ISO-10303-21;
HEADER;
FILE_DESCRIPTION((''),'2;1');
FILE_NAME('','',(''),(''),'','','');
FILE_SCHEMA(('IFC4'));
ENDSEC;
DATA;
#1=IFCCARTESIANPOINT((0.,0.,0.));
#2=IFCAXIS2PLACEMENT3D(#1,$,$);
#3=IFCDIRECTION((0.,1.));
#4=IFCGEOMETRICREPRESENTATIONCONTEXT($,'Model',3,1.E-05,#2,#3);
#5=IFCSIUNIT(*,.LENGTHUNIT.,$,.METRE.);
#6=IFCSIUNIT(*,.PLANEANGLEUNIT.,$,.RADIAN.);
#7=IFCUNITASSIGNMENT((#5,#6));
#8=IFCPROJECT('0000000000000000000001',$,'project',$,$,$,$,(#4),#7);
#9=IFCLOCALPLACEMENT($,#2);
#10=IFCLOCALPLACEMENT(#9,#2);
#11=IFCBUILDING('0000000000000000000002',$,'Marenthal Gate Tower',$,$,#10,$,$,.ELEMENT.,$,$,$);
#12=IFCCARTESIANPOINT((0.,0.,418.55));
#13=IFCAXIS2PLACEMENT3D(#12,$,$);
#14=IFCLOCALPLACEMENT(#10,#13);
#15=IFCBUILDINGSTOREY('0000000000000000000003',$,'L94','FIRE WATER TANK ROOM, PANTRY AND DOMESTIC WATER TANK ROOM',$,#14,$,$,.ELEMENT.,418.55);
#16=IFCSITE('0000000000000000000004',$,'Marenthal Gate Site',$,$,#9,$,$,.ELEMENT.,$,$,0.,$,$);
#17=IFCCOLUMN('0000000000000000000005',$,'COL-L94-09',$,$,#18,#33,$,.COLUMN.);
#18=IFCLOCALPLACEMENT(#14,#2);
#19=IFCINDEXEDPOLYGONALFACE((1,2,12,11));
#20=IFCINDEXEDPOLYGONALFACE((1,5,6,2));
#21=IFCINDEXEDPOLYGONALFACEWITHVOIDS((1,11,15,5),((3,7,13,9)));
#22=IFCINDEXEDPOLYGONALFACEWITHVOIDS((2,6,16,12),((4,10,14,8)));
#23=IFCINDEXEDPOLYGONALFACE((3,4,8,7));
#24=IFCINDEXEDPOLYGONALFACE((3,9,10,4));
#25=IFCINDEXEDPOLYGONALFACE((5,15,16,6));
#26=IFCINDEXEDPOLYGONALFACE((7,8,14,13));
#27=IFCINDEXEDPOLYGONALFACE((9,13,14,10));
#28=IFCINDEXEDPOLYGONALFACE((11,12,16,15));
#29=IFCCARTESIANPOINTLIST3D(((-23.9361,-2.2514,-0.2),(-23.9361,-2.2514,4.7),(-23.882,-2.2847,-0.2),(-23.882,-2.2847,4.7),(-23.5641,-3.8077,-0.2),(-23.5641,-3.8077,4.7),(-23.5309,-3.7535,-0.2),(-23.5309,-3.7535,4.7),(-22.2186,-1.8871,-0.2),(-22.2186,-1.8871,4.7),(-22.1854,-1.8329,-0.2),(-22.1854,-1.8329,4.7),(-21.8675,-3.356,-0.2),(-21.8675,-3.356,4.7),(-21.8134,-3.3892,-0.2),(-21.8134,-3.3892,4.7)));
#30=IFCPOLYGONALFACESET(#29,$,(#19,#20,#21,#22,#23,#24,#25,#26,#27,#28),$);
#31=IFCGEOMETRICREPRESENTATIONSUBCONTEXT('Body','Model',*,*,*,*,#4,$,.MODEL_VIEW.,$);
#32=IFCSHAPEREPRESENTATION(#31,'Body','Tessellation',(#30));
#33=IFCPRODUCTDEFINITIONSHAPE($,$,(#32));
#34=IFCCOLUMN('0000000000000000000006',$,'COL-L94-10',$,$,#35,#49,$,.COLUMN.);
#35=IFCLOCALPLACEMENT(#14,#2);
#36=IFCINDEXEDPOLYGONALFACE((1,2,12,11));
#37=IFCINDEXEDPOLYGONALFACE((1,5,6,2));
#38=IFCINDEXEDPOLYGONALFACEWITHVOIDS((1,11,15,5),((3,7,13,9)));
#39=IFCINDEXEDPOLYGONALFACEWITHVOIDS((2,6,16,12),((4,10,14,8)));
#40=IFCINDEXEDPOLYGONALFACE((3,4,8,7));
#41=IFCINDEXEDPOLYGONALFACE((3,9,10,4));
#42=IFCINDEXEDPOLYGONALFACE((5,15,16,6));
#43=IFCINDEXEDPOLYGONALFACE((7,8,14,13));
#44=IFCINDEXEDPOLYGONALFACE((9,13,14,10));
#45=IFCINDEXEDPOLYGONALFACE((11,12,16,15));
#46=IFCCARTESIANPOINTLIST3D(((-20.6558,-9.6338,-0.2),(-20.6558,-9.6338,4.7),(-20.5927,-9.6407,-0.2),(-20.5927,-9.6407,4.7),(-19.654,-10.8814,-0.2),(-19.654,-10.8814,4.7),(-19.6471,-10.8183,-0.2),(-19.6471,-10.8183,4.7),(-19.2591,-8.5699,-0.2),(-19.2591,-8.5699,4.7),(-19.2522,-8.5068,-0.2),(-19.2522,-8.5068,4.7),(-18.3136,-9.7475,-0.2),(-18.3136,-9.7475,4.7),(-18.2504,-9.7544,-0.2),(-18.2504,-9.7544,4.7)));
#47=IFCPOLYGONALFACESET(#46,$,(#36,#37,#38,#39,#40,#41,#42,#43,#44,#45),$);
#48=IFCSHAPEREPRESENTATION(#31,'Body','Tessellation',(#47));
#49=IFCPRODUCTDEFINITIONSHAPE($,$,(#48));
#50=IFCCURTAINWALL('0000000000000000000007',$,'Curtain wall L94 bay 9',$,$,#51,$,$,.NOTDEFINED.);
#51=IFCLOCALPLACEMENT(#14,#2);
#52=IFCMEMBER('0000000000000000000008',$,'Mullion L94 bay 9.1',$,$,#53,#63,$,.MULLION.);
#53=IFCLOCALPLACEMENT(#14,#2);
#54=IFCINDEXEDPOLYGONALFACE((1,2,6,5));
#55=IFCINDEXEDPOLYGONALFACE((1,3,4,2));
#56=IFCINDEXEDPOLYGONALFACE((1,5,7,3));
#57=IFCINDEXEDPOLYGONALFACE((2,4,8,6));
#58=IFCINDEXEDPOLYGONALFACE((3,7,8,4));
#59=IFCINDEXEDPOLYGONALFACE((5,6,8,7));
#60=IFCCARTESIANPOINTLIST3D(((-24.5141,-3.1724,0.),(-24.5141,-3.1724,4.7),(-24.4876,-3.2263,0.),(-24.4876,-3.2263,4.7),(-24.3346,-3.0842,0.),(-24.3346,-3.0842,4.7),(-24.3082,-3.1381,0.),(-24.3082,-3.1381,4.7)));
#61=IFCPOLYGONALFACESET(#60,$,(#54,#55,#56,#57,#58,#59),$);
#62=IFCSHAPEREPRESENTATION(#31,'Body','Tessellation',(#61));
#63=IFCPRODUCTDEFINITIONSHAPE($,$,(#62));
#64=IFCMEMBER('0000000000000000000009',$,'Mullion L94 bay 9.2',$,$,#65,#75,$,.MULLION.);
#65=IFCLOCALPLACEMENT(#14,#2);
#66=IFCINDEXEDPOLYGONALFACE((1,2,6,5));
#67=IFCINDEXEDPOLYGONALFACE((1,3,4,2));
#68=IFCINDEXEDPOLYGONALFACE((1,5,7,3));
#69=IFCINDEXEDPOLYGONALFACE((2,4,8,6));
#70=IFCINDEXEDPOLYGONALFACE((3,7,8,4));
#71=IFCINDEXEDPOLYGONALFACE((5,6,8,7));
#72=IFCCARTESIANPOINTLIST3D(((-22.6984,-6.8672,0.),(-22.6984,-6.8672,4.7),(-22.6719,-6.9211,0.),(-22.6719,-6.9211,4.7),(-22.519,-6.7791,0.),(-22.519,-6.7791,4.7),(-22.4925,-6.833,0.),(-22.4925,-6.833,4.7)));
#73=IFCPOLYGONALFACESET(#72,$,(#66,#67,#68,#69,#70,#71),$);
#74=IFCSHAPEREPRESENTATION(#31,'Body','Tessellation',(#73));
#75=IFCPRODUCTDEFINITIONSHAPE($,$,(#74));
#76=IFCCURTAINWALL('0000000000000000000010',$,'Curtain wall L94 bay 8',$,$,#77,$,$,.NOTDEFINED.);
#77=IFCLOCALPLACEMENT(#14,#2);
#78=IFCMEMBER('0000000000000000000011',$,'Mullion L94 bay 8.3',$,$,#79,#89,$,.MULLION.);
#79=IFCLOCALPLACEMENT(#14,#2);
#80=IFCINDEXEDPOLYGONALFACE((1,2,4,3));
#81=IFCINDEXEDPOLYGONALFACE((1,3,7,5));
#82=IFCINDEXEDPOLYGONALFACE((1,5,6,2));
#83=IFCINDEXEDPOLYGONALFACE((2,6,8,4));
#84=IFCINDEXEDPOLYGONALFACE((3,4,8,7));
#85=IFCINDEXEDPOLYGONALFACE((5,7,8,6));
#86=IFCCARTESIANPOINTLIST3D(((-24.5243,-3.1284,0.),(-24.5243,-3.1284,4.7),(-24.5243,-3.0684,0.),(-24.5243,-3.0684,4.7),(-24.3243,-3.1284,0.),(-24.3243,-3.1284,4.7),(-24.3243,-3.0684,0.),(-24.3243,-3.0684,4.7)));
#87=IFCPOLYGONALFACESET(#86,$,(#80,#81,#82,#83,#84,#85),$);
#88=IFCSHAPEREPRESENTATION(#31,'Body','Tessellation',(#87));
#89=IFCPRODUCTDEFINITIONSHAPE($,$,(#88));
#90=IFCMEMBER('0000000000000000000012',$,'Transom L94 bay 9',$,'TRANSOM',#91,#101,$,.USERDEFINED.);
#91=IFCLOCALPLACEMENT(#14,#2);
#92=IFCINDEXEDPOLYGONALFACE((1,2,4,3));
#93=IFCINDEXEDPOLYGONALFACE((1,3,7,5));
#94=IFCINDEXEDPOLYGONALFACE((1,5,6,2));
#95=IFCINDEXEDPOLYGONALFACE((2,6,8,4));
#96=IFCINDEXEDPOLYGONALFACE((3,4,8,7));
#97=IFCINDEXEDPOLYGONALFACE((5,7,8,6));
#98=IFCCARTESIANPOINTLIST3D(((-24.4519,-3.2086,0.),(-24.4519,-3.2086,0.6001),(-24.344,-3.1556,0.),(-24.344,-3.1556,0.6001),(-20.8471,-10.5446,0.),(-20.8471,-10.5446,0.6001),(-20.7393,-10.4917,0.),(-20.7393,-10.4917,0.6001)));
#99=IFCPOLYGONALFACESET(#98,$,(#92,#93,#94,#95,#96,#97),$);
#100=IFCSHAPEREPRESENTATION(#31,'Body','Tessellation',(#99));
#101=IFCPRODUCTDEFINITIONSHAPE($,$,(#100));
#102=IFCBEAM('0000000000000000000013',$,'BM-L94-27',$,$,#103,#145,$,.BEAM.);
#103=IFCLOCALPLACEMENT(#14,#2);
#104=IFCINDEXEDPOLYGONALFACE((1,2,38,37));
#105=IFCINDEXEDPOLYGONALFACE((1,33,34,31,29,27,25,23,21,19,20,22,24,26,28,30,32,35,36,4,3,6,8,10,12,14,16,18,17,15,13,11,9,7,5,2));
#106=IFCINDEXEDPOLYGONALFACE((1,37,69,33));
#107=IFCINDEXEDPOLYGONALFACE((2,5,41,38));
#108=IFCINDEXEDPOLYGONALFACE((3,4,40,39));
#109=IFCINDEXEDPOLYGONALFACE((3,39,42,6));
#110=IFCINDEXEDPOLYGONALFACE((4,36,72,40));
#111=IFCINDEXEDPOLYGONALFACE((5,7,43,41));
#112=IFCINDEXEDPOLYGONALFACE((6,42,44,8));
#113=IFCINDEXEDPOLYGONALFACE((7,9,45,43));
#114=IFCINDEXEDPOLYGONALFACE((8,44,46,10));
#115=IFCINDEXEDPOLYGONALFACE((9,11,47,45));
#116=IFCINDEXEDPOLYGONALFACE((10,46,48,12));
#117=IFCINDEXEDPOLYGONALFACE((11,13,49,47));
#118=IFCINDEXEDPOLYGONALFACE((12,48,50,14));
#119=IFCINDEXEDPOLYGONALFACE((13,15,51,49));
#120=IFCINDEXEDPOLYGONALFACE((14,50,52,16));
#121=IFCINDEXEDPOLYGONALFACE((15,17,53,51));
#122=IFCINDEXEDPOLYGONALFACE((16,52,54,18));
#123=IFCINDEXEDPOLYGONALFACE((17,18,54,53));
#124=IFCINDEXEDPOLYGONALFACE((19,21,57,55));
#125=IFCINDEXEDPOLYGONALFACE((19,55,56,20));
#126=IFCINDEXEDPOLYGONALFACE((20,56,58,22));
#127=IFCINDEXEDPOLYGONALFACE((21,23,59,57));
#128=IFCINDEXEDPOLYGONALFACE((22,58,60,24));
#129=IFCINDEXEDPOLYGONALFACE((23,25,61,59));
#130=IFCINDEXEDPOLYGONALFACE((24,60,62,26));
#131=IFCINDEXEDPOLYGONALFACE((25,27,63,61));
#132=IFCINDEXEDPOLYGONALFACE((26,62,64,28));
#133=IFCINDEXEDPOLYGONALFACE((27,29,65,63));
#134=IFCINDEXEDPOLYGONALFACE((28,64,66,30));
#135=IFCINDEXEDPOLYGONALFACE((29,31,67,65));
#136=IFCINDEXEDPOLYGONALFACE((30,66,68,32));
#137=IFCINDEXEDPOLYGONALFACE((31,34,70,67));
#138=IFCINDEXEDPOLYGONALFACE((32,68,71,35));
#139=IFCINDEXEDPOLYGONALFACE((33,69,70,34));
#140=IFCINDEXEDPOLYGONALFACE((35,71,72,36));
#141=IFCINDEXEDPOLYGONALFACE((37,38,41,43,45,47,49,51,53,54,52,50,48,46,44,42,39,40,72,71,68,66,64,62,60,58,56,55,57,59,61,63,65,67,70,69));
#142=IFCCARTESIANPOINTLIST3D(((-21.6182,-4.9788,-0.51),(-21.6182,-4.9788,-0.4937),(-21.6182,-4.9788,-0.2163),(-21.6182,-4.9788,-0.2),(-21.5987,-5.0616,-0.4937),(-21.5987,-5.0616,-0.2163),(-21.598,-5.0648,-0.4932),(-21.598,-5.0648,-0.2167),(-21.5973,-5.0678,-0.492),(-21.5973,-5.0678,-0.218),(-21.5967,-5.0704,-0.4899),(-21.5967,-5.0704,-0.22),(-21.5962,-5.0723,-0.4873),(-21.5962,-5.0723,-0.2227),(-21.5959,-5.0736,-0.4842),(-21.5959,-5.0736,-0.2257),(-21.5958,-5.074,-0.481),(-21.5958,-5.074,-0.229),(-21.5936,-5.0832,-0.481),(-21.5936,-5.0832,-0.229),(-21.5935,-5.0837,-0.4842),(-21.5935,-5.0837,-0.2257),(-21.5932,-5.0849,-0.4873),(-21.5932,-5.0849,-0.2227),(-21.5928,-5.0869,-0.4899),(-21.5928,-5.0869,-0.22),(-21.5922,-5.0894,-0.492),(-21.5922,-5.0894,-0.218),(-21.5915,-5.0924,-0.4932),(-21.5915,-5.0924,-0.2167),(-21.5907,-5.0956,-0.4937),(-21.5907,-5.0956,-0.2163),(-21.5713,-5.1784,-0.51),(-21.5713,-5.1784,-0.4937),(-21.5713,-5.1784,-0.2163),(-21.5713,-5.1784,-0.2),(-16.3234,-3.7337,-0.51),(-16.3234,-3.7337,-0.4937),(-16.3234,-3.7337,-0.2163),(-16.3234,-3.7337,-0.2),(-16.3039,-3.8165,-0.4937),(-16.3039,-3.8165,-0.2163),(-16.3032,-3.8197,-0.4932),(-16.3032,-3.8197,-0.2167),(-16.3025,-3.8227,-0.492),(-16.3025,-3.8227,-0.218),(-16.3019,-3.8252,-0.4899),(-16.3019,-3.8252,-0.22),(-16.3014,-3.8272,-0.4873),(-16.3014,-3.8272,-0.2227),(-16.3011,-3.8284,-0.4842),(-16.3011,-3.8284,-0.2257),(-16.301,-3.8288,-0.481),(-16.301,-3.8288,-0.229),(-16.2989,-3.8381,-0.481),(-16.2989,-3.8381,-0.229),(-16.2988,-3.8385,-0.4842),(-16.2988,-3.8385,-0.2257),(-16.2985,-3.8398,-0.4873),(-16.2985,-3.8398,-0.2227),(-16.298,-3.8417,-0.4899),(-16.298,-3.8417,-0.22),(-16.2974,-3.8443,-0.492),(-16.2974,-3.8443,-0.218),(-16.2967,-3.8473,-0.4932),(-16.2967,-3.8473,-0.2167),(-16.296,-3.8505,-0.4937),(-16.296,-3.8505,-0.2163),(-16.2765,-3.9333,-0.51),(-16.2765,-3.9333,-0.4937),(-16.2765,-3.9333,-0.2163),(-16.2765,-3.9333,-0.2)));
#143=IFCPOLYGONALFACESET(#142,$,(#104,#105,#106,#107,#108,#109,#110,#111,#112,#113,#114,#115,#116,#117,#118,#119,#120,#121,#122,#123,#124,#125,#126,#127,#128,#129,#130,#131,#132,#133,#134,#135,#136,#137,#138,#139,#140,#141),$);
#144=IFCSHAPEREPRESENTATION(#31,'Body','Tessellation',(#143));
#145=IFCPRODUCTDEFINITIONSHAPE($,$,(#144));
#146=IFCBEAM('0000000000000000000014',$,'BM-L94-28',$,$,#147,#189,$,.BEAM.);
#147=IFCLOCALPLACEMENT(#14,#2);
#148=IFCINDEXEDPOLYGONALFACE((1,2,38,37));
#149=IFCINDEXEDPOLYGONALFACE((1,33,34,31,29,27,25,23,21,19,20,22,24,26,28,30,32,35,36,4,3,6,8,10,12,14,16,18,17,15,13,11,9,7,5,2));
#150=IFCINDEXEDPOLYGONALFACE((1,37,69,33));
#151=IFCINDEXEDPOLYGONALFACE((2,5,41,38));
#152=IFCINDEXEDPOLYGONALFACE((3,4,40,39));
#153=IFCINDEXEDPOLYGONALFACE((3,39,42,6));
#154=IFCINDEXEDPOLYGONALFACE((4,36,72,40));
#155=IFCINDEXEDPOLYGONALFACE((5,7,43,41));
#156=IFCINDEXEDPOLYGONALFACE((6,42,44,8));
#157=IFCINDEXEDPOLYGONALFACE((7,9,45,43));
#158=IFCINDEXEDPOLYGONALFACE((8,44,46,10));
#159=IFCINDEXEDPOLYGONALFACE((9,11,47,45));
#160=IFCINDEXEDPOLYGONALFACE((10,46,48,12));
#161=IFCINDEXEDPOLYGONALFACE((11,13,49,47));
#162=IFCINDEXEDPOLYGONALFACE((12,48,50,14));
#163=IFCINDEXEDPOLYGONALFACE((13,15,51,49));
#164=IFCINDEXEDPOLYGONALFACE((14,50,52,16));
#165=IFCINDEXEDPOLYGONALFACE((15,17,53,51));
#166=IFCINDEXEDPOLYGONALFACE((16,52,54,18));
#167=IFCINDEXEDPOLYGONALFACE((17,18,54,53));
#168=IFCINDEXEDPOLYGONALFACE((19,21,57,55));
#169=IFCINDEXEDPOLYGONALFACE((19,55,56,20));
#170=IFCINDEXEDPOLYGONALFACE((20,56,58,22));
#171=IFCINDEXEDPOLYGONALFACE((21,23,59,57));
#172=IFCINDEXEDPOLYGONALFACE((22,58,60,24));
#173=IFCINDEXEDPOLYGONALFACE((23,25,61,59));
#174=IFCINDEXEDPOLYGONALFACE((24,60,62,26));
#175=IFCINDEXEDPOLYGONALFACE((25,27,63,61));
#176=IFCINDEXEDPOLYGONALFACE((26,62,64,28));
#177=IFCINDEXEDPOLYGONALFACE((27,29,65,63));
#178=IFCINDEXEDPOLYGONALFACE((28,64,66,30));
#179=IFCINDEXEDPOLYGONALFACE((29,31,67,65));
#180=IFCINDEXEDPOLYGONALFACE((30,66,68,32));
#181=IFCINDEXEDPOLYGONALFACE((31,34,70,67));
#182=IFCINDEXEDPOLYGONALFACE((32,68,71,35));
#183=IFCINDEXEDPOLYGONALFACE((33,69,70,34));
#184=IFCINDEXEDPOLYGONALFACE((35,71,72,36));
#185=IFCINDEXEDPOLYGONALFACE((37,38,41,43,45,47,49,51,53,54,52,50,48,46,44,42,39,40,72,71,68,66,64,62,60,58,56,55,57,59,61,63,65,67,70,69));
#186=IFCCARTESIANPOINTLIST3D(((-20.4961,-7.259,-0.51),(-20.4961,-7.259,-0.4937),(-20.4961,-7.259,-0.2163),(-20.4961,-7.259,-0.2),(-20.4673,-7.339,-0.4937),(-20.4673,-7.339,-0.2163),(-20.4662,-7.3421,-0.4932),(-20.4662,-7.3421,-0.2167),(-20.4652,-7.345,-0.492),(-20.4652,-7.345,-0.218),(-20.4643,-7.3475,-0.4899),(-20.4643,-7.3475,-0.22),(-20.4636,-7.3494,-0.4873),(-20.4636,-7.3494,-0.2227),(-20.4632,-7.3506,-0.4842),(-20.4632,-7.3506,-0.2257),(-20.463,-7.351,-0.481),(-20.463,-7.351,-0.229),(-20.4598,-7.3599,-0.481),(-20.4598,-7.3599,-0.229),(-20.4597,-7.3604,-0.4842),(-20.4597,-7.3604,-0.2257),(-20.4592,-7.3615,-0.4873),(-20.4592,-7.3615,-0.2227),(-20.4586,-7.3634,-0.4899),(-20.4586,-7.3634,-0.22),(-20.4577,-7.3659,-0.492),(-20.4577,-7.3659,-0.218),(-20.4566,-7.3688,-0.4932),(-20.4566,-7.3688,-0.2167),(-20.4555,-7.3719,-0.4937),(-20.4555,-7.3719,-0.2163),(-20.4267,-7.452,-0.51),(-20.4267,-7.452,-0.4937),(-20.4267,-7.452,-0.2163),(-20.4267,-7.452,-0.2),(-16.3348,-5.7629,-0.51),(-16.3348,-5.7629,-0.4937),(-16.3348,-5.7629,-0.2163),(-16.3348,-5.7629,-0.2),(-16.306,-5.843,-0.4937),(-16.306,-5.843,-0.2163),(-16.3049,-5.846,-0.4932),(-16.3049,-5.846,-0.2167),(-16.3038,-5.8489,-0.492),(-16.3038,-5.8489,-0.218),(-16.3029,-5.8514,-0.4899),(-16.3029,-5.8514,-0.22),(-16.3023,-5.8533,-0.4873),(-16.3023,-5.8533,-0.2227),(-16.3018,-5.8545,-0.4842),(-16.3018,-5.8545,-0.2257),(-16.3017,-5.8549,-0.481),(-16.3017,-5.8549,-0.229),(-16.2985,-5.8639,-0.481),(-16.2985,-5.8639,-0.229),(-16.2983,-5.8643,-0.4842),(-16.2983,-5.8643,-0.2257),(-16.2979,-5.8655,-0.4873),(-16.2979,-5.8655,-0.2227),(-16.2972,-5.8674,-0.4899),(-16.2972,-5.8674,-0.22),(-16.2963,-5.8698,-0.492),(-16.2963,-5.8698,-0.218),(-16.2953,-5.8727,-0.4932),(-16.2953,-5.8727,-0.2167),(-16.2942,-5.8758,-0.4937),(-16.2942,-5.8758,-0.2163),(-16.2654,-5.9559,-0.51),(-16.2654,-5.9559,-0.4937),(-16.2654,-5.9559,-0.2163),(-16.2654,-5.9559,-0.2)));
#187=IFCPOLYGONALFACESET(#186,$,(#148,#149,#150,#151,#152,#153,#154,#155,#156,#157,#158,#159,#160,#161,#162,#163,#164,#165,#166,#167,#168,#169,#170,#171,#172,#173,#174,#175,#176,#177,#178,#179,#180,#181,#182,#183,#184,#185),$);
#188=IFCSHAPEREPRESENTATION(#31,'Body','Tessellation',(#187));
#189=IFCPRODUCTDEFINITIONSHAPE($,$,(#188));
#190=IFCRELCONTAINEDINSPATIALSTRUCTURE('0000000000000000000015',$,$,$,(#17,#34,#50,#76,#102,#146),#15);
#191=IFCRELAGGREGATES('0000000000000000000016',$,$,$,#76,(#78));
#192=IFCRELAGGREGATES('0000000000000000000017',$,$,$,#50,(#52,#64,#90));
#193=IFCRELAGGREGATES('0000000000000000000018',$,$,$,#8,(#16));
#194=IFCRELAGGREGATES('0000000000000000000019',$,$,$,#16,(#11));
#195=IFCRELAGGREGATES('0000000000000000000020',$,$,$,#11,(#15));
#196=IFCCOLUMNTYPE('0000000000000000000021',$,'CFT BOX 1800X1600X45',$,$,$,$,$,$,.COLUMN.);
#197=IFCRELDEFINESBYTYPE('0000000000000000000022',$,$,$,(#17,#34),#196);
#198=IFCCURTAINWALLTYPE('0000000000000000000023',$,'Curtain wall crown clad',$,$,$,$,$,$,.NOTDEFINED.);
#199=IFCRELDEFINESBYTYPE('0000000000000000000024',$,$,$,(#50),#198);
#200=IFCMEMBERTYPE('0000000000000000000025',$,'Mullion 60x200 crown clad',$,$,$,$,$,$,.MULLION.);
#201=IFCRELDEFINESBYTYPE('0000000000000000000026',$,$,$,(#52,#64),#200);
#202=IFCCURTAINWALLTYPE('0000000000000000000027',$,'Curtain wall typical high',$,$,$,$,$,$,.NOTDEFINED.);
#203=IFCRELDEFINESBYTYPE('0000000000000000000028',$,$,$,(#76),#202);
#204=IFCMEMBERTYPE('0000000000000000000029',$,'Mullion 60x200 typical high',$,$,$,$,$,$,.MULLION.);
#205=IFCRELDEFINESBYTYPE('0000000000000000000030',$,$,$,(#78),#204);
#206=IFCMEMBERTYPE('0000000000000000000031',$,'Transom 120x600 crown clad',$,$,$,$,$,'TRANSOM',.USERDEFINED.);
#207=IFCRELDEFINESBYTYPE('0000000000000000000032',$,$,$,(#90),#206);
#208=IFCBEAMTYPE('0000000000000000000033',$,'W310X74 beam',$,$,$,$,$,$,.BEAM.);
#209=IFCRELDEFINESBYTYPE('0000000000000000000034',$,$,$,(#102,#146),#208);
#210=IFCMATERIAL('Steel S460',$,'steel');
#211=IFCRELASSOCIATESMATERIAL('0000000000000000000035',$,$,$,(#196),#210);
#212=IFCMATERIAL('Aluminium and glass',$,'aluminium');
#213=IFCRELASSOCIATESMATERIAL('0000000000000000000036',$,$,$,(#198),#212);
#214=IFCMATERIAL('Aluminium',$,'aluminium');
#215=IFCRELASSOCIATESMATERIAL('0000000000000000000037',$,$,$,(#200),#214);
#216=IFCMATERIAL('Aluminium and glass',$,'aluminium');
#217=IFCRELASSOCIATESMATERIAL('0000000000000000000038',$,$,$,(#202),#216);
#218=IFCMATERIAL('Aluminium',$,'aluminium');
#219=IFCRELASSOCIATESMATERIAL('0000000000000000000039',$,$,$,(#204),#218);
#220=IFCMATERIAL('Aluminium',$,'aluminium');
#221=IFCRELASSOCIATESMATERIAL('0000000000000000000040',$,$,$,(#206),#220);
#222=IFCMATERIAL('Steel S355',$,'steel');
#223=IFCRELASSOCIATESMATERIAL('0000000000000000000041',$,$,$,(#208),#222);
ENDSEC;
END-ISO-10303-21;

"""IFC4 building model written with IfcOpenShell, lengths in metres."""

from ifc_helpers import new_model, si_unit, direction, frame, origin, origin_2d, place, context, subcontext, project, spatial, rectangle, hollow_rectangle, i_section, extrude, material, material_profile, profile_set, type_object, element, aggregate, save


model = new_model("IFC4")

# Units and contexts
model_context = context("Model", 3, precision=1e-05, world=origin(), true_north=direction((0.0, 1.0)))
body_context = subcontext(model_context, "Body", "Model", "MODEL_VIEW")
ifc_project = project(units=[si_unit("LENGTHUNIT", "METRE"), si_unit("PLANEANGLEUNIT", "RADIAN")], contexts=[model_context])

# Site, building, storey
site_placement = place(None, origin())
site = spatial("IfcSite", under=ifc_project, at=site_placement, Name="Marenthal Gate Site", CompositionType="ELEMENT", RefElevation=0.0)
building_placement = place(site_placement, origin())
building = spatial("IfcBuilding", under=site, at=building_placement, Name="Marenthal Gate Tower", CompositionType="ELEMENT")
storey_placement = place(building_placement, frame((0.0, 0.0, 418.55)))
storey = spatial("IfcBuildingStorey", under=building, at=storey_placement, Name="L94", Description="FIRE WATER TANK ROOM, PANTRY AND DOMESTIC WATER TANK ROOM", CompositionType="ELEMENT", Elevation=418.55)

# Columns
ifc_material_1 = material(Name="Steel S460", Category="steel")
ifc_material_profile_1 = material_profile(ifc_material_1, hollow_rectangle(XDim=1.6001, YDim=1.8, WallThickness=0.0449, at=origin_2d()), Name="CFT BOX 1800X1600X45")
ifc_material_2 = material(Name="Concrete 70 MPa", Category="concrete")
ifc_material_profile_2 = material_profile(ifc_material_2, rectangle(XDim=1.51, YDim=1.71, at=origin_2d()), Name="CFT BOX 1800X1600X45 INFILL")
ifc_profile_set_1 = profile_set([ifc_material_profile_1, ifc_material_profile_2], Name="Steel S460 shell, Concrete 70 MPa infill")
column_type = type_object("IfcColumnType", Name="CFT BOX 1800X1600X45", PredefinedType="COLUMN", material=ifc_profile_set_1)
for number, where, z_axis, x_axis, name in (
    (1, (-22.8748, -2.8203, -0.2), (0.0, 0.0, 1.0), (-0.232481, 0.972601, 0.0), "COL-L94-09"),
    (2, (-19.4531, -9.6941, -0.2), (0.0, 0.0, 1.0), (-0.626094, 0.779748, 0.0), "COL-L94-10"),
):
    element("IfcColumn", number, at=place(storey_placement, frame(where, z_axis=z_axis, x_axis=x_axis)), inside=storey, type_object=column_type, Name=name, PredefinedType="COLUMN", context=body_context, shape_type="SweptSolid", body=[
        extrude(hollow_rectangle(XDim=1.6001, YDim=1.8, WallThickness=0.0449, at=origin_2d()), origin(), (0.0, 0.0, 1.0), 4.8999),
    ])

# Curtain wall, members
ifc_material_3 = material(Name="Aluminium and glass", Category="aluminium")
curtain_wall_type_1 = type_object("IfcCurtainWallType", Name="Curtain wall crown clad", PredefinedType="NOTDEFINED", material=ifc_material_3)
curtain_wall_1_placement = place(storey_placement, origin())
curtain_wall_1 = element("IfcCurtainWall", 3, at=curtain_wall_1_placement, inside=storey, type_object=curtain_wall_type_1, Name="Curtain wall L94 bay 9", PredefinedType="NOTDEFINED")
ifc_material_4 = material(Name="Aluminium", Category="aluminium")
ifc_material_profile_3 = material_profile(ifc_material_4, rectangle(XDim=0.2, YDim=0.0601, at=origin_2d()), Name="60x200 aluminium mullion")
ifc_profile_set_2 = profile_set([ifc_material_profile_3], Name="Aluminium")
member_type_1 = type_object("IfcMemberType", Name="Mullion 60x200 crown clad", PredefinedType="MULLION", material=ifc_profile_set_2)
member_1_placement = place(storey_placement, frame((-24.4111, -3.1553, 0.0), z_axis=(0.0, 0.0, 1.0), x_axis=(0.897507, 0.441001, 0.0)))
member_1 = element("IfcMember", 4, at=member_1_placement, type_object=member_type_1, Name="Mullion L94 bay 9.1", PredefinedType="MULLION", context=body_context, shape_type="SweptSolid", body=[
    extrude(rectangle(XDim=0.2, YDim=0.0601, at=origin_2d()), origin(), (0.0, 0.0, 1.0), 4.7),
])
member_2_placement = place(storey_placement, frame((-22.5955, -6.8501, 0.0), z_axis=(0.0, 0.0, 1.0), x_axis=(0.897507, 0.441001, 0.0)))
member_2 = element("IfcMember", 5, at=member_2_placement, type_object=member_type_1, Name="Mullion L94 bay 9.2", PredefinedType="MULLION", context=body_context, shape_type="SweptSolid", body=[
    extrude(rectangle(XDim=0.2, YDim=0.0601, at=origin_2d()), origin(), (0.0, 0.0, 1.0), 4.7),
])

# Curtain wall, member
ifc_material_5 = material(Name="Aluminium and glass", Category="aluminium")
curtain_wall_type_2 = type_object("IfcCurtainWallType", Name="Curtain wall typical high", PredefinedType="NOTDEFINED", material=ifc_material_5)
curtain_wall_2_placement = place(storey_placement, origin())
curtain_wall_2 = element("IfcCurtainWall", 6, at=curtain_wall_2_placement, inside=storey, type_object=curtain_wall_type_2, Name="Curtain wall L94 bay 8", PredefinedType="NOTDEFINED")
ifc_material_6 = material(Name="Aluminium", Category="aluminium")
ifc_material_profile_4 = material_profile(ifc_material_6, rectangle(XDim=0.2, YDim=0.0601, at=origin_2d()), Name="60x200 aluminium mullion")
ifc_profile_set_3 = profile_set([ifc_material_profile_4], Name="Aluminium")
member_type_2 = type_object("IfcMemberType", Name="Mullion 60x200 typical high", PredefinedType="MULLION", material=ifc_profile_set_3)
member_3_placement = place(storey_placement, frame((-24.4243, -3.0984, 0.0), z_axis=(0.0, 0.0, 1.0), x_axis=(1.0, 0.0, 0.0)))
member_3 = element("IfcMember", 7, at=member_3_placement, type_object=member_type_2, Name="Mullion L94 bay 8.3", PredefinedType="MULLION", context=body_context, shape_type="SweptSolid", body=[
    extrude(rectangle(XDim=0.2, YDim=0.0601, at=origin_2d()), origin(), (0.0, 0.0, 1.0), 4.7),
])
aggregate(curtain_wall_2, [member_3])

# Member
ifc_material_7 = material(Name="Aluminium", Category="aluminium")
ifc_material_profile_5 = material_profile(ifc_material_7, rectangle(XDim=0.1201, YDim=0.6001, at=origin_2d()), Name="120x600 aluminium transom")
ifc_profile_set_4 = profile_set([ifc_material_profile_5], Name="Aluminium")
member_type_3 = type_object("IfcMemberType", Name="Transom 120x600 crown clad", ElementType="TRANSOM", PredefinedType="USERDEFINED", material=ifc_profile_set_4)
member_4_placement = place(storey_placement, frame((-24.3979, -3.1821, 0.3), z_axis=(0.441014, -0.8975, 0.0), x_axis=(0.8975, 0.441014, 0.0)))
member_4 = element("IfcMember", 8, at=member_4_placement, type_object=member_type_3, Name="Transom L94 bay 9", ObjectType="TRANSOM", PredefinedType="USERDEFINED", context=body_context, shape_type="SweptSolid", body=[
    extrude(rectangle(XDim=0.1201, YDim=0.6001, at=origin_2d()), origin(), (0.0, 0.0, 1.0), 8.1738),
])

# Beams
ifc_material_8 = material(Name="Steel S355", Category="steel")
ifc_material_profile_6 = material_profile(ifc_material_8, i_section(OverallWidth=0.2051, OverallDepth=0.3101, WebThickness=0.0095, FlangeThickness=0.0164, FilletRadius=0.0127, at=origin_2d()), Name="W310X74")
ifc_profile_set_5 = profile_set([ifc_material_profile_6], Name="Steel S355")
beam_type_1 = type_object("IfcBeamType", Name="W310X74 beam", PredefinedType="BEAM", material=ifc_profile_set_5)
beam_1_placement = place(storey_placement, frame((-21.5947, -5.0786, -0.355), z_axis=(0.973445, 0.228919, 0.0), x_axis=(-0.228919, 0.973445, 0.0)))
element("IfcBeam", 9, at=beam_1_placement, inside=storey, type_object=beam_type_1, Name="BM-L94-27", PredefinedType="BEAM", context=body_context, shape_type="SweptSolid", body=[
    extrude(i_section(OverallWidth=0.2051, OverallDepth=0.3101, WebThickness=0.0095, FlangeThickness=0.0164, FilletRadius=0.0127, at=origin_2d()), origin(), (0.0, 0.0, 1.0), 5.4392),
])
beam_2_placement = place(storey_placement, frame((-20.4614, -7.3555, -0.355), z_axis=(0.941032, 0.338319, 0.0), x_axis=(-0.338319, 0.941032, 0.0)))
element("IfcBeam", 10, at=beam_2_placement, inside=storey, type_object=beam_type_1, Name="BM-L94-28", PredefinedType="BEAM", context=body_context, shape_type="SweptSolid", body=[
    extrude(i_section(OverallWidth=0.2051, OverallDepth=0.3101, WebThickness=0.0095, FlangeThickness=0.0164, FilletRadius=0.0127, at=origin_2d()), origin(), (0.0, 0.0, 1.0), 4.4221),
])

aggregate(curtain_wall_1, [member_1, member_2, member_4])

save(model, "model.ifc")
